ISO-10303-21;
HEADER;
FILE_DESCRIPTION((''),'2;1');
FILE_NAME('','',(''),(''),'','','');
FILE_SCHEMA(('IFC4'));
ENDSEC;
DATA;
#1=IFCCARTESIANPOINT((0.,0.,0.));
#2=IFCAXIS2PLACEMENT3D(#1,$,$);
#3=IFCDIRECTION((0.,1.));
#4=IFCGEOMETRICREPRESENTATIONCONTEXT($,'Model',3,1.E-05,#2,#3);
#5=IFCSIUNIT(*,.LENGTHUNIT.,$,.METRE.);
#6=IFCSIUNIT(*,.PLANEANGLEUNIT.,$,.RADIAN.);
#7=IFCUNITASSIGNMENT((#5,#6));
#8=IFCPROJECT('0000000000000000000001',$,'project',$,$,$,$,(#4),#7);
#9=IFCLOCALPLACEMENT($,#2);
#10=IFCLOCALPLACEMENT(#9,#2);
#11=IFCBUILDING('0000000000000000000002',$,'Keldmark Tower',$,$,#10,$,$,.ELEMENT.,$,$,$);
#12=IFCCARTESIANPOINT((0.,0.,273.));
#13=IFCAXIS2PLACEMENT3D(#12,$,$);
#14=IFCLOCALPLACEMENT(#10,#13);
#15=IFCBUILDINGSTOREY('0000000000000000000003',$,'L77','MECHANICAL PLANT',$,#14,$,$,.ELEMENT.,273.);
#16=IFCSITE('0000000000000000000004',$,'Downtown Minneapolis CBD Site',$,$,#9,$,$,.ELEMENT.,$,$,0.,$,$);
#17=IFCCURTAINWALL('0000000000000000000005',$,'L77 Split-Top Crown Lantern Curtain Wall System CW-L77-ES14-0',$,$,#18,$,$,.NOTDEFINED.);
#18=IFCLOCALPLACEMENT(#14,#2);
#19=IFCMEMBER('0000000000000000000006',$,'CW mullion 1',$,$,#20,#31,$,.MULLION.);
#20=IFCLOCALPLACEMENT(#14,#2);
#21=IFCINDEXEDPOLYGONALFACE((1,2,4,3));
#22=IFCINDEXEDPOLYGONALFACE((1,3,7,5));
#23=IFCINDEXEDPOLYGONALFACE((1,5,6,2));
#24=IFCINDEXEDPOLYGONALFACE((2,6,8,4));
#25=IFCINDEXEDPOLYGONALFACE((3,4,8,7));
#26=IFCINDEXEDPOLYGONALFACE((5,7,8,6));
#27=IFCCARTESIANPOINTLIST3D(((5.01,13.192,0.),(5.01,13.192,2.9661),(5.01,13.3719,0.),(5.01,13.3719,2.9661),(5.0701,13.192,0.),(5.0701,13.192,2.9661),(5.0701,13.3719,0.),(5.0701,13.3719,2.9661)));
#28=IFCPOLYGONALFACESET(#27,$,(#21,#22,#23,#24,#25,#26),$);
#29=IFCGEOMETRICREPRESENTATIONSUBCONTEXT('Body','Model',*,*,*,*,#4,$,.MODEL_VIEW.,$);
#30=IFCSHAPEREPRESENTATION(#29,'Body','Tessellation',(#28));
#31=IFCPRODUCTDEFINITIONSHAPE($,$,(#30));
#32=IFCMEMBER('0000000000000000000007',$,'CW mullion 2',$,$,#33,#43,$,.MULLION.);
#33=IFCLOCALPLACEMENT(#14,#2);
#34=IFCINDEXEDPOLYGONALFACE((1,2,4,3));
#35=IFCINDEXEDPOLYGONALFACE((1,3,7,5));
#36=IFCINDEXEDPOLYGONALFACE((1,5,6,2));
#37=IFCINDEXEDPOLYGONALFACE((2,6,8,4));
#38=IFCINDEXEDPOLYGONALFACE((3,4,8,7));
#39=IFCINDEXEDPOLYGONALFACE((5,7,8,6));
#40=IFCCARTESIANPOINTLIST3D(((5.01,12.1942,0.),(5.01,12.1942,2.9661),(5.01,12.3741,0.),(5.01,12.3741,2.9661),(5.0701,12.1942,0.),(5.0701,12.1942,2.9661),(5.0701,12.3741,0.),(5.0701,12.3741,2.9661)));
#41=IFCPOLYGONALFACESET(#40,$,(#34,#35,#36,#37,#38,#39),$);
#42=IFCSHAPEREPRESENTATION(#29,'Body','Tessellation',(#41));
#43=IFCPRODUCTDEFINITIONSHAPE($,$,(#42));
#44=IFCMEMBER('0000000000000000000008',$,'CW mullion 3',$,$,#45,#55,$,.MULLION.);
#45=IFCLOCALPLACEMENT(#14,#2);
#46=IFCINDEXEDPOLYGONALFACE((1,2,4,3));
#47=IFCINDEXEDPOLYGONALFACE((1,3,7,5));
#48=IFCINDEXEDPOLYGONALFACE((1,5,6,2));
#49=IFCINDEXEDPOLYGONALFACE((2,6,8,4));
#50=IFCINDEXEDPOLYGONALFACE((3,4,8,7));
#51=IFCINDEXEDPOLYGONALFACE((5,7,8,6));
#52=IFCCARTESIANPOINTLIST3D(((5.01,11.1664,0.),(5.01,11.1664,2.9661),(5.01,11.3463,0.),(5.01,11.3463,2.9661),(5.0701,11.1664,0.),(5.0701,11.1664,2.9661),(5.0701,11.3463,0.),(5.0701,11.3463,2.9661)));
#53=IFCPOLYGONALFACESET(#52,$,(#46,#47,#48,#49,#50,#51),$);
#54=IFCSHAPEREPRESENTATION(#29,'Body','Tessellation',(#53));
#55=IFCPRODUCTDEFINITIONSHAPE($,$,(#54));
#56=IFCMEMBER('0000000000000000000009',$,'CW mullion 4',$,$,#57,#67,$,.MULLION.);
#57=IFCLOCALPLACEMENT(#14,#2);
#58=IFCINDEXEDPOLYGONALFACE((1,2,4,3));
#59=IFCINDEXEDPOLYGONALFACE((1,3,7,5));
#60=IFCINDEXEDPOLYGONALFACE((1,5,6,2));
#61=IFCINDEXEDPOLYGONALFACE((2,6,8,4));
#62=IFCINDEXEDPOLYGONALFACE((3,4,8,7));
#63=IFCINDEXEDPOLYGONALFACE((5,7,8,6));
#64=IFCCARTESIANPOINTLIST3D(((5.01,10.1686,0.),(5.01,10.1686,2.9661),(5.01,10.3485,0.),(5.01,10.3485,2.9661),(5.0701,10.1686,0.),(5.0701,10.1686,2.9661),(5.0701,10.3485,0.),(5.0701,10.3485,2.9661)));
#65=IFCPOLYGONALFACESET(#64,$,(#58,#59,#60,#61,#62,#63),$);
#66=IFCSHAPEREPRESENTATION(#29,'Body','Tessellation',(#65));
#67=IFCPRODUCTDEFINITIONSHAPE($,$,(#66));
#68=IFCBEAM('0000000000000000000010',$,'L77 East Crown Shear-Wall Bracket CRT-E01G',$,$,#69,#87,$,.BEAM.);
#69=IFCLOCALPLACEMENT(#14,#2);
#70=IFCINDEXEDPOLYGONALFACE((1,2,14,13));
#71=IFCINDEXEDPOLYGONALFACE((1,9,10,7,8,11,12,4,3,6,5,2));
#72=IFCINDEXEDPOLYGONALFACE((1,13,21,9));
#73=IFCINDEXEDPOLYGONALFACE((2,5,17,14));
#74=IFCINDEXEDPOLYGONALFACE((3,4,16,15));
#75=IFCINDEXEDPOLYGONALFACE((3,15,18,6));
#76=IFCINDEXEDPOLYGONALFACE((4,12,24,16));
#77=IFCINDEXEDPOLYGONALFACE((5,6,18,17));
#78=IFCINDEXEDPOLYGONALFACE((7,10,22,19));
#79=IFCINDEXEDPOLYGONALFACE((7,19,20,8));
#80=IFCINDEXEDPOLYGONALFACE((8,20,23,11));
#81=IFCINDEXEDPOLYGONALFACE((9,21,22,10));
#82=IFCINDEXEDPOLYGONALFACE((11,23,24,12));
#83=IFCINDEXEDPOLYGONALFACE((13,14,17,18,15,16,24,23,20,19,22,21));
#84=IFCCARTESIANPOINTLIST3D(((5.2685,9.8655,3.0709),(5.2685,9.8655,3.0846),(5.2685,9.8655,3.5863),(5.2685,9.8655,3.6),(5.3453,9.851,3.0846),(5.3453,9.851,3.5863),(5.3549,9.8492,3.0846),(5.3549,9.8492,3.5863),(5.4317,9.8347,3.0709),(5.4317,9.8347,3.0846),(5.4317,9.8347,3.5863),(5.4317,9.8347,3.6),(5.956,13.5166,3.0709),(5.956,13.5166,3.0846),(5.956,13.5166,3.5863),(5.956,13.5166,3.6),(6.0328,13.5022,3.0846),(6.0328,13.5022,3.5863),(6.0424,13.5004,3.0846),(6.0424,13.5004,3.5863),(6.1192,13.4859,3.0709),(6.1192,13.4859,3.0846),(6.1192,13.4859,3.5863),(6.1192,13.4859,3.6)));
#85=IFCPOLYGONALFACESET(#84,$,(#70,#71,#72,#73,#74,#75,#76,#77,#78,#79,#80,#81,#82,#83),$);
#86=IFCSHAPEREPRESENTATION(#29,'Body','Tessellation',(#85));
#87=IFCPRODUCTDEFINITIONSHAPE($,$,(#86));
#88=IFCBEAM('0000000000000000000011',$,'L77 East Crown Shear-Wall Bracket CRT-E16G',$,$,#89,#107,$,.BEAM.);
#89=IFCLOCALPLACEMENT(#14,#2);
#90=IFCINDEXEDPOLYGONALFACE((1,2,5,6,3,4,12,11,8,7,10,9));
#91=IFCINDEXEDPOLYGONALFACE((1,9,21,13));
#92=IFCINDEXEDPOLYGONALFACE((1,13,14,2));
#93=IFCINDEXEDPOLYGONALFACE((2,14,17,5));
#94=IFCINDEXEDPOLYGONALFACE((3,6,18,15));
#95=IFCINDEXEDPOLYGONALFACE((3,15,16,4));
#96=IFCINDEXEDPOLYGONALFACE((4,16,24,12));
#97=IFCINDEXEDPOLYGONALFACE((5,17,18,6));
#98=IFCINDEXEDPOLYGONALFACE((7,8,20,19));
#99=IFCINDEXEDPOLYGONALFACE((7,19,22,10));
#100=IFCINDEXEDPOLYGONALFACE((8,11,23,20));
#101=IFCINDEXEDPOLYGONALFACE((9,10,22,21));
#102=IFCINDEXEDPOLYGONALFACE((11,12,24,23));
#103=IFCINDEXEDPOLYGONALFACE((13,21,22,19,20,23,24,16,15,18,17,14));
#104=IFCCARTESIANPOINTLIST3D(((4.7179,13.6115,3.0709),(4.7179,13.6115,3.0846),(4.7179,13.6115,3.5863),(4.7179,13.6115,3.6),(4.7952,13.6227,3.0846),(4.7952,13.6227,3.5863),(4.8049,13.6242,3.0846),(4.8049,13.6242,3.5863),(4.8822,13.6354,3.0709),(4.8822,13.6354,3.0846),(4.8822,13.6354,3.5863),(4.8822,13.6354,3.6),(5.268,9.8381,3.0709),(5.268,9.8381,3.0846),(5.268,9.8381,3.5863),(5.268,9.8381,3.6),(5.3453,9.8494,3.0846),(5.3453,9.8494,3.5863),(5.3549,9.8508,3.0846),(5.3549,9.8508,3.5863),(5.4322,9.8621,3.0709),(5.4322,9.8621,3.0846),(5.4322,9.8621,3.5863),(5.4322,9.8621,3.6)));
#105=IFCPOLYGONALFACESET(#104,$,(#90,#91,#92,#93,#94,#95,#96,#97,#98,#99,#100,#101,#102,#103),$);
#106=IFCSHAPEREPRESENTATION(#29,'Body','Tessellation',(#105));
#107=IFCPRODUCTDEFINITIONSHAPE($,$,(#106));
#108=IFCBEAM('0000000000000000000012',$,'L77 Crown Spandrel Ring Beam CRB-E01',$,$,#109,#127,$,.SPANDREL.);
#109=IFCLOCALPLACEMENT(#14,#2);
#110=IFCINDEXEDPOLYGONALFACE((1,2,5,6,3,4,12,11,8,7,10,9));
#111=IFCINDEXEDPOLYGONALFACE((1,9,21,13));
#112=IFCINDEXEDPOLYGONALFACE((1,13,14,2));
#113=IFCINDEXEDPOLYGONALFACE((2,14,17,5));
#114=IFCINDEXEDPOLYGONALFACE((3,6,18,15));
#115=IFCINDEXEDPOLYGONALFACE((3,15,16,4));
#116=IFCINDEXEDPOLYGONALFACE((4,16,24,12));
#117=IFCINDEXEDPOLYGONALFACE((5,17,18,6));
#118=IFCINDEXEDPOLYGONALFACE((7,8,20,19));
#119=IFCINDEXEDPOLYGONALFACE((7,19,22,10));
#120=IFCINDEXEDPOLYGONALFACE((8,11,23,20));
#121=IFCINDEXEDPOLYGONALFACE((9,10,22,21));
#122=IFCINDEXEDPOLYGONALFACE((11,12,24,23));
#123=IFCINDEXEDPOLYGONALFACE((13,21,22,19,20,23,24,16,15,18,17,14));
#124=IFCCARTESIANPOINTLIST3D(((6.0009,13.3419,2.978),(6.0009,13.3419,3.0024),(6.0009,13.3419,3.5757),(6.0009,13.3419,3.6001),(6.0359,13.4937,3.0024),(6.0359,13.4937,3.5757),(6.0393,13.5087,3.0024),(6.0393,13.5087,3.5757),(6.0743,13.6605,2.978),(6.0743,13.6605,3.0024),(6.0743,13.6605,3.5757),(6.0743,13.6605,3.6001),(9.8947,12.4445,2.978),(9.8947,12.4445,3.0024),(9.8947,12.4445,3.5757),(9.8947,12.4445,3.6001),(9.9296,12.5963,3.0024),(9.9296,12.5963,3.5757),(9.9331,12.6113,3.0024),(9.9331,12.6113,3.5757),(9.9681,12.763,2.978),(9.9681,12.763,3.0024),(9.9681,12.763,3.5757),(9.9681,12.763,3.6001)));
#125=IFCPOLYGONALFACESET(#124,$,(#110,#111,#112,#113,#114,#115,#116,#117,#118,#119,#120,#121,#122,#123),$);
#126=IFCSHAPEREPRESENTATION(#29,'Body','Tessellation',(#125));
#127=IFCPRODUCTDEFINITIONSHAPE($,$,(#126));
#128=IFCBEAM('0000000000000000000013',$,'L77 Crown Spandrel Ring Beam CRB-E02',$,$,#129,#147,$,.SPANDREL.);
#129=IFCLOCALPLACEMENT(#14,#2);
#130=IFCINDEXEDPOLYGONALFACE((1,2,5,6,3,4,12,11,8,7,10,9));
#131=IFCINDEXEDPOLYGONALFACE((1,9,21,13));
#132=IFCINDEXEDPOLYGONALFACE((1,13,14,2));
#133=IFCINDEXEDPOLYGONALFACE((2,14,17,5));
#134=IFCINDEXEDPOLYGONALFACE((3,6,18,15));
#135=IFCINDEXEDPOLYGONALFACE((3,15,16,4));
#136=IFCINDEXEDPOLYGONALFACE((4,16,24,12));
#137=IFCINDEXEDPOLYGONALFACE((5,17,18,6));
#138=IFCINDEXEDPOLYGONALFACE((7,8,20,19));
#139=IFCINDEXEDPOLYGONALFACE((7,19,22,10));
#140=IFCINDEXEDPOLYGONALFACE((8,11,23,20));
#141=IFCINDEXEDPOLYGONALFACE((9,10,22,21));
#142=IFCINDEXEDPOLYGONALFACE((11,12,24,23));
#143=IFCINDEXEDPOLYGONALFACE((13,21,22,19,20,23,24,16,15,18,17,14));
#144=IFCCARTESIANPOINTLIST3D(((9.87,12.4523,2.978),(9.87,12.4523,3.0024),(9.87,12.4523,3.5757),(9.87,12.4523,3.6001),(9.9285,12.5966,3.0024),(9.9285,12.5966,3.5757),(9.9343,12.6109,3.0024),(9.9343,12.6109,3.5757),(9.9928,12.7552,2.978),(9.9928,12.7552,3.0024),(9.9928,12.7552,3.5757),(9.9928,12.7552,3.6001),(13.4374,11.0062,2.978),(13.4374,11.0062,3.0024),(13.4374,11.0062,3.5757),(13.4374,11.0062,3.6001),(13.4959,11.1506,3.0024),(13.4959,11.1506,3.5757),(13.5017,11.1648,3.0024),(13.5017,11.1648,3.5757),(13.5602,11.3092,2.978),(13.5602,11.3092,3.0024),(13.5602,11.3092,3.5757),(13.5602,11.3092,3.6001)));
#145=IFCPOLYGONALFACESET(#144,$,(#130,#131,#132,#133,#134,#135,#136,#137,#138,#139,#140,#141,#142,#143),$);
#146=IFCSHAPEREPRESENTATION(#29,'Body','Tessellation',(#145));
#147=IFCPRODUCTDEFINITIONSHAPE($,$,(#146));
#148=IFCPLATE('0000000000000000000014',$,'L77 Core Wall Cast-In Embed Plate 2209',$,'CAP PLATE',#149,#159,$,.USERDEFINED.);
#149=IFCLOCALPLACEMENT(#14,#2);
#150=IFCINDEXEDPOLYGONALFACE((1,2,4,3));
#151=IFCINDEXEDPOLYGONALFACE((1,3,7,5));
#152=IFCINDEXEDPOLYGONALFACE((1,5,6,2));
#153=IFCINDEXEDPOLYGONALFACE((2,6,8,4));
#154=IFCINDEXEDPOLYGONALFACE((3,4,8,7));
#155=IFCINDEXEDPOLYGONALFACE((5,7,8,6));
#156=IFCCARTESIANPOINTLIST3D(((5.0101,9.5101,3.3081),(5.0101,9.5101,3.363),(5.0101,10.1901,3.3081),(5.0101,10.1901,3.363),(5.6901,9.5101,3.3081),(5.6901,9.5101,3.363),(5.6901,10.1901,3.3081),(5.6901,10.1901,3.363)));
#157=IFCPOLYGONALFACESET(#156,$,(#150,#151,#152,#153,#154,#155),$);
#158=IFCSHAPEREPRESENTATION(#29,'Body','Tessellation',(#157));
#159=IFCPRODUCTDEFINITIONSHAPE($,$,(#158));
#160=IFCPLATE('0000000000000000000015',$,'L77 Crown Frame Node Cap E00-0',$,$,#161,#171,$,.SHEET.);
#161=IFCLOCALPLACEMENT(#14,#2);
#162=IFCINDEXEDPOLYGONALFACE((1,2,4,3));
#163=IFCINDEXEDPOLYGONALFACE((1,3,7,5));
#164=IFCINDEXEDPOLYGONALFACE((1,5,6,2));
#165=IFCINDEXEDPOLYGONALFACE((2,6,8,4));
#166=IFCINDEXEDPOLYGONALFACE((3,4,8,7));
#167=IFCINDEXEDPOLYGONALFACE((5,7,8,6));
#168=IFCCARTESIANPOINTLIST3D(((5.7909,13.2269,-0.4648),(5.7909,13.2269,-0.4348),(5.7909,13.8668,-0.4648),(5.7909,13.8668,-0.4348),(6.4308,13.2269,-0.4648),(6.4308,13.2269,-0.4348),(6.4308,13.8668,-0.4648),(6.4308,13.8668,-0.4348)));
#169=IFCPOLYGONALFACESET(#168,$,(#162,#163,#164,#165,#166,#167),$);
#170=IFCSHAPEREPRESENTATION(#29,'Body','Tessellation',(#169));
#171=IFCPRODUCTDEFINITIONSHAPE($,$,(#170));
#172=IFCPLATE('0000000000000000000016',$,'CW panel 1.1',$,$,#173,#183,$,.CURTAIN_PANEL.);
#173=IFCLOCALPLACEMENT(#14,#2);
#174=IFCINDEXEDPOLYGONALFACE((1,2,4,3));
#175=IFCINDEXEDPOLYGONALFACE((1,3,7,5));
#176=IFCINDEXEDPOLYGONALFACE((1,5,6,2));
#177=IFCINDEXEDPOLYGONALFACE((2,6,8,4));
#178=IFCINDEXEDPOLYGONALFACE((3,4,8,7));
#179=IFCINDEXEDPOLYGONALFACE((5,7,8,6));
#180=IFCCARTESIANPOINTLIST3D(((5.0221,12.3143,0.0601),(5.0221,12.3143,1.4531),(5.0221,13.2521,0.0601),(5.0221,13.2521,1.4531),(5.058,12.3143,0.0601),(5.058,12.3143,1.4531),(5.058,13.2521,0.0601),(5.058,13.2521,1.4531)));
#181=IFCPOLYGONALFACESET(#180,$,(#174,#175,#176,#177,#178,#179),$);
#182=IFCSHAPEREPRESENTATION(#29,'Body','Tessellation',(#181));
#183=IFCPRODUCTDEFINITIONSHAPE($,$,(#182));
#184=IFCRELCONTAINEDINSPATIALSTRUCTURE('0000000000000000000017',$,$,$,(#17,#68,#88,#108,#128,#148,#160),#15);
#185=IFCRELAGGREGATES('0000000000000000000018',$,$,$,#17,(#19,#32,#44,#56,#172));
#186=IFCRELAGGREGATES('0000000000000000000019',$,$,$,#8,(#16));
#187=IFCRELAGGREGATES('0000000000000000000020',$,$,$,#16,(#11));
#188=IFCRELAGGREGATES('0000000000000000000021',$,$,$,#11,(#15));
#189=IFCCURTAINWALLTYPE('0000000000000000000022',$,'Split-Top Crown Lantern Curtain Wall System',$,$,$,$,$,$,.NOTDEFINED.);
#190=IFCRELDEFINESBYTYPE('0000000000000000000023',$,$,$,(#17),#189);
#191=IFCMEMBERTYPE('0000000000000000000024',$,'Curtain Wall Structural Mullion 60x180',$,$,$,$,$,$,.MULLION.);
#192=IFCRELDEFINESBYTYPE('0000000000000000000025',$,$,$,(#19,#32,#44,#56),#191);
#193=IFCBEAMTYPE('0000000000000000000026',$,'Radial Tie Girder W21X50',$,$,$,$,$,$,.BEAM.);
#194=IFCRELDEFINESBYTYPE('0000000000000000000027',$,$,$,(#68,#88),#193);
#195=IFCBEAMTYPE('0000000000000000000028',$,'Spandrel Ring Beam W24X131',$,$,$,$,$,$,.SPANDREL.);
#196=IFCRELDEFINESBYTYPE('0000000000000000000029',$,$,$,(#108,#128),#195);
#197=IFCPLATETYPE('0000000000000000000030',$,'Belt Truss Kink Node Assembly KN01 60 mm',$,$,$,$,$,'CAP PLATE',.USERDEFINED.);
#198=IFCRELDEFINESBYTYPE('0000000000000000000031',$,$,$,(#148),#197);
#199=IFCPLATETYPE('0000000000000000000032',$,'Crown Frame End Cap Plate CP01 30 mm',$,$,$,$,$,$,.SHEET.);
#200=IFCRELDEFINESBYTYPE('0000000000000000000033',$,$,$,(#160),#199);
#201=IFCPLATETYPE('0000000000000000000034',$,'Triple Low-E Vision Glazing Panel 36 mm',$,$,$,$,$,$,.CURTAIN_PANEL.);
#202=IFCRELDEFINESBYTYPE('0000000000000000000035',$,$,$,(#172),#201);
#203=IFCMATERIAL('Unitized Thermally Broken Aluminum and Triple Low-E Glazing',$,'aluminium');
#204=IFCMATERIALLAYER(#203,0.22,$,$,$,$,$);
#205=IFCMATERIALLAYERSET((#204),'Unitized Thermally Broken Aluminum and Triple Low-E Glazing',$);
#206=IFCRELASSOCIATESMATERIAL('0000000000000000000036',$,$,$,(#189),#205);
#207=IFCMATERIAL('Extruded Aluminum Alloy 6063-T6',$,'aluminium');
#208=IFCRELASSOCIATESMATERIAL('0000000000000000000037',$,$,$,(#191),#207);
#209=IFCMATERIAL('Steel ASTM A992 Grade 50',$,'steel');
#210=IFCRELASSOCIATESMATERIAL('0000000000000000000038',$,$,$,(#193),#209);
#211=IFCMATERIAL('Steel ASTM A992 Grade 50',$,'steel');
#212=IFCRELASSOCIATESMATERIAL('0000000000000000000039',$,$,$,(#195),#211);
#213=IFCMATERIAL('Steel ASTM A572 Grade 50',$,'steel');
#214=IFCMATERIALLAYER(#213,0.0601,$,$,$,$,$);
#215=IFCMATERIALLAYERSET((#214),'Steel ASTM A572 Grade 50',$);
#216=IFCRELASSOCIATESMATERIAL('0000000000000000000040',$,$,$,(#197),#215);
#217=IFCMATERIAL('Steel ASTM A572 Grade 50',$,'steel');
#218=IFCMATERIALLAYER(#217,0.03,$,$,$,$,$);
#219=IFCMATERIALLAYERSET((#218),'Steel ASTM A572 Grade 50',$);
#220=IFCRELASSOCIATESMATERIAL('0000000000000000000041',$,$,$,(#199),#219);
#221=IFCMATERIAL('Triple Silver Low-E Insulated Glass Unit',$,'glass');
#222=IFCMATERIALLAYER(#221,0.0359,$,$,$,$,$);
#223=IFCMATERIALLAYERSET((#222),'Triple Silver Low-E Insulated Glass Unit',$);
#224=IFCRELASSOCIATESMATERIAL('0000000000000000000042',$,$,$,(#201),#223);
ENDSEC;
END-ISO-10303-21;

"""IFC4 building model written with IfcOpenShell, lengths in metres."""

from ifc_helpers import new_model, si_unit, direction, frame, origin, origin_2d, place, context, subcontext, project, spatial, rectangle, i_section, extrude, material, layer, layer_set, material_profile, profile_set, type_object, element, aggregate, save


model = new_model("IFC4")

# Units and contexts
model_context = context("Model", 3, precision=1e-05, world=origin(), true_north=direction((0.0, 1.0)))
body_context = subcontext(model_context, "Body", "Model", "MODEL_VIEW")
ifc_project = project(units=[si_unit("LENGTHUNIT", "METRE"), si_unit("PLANEANGLEUNIT", "RADIAN")], contexts=[model_context])

# Site, building, storey
site_placement = place(None, origin())
site = spatial("IfcSite", under=ifc_project, at=site_placement, Name="Downtown Minneapolis CBD Site", CompositionType="ELEMENT", RefElevation=0.0)
building_placement = place(site_placement, origin())
building = spatial("IfcBuilding", under=site, at=building_placement, Name="Keldmark Tower", CompositionType="ELEMENT")
storey_placement = place(building_placement, frame((0.0, 0.0, 273.0)))
storey = spatial("IfcBuildingStorey", under=building, at=storey_placement, Name="L77", Description="MECHANICAL PLANT", CompositionType="ELEMENT", Elevation=273.0)

# Curtain wall, members
ifc_material_1 = material(Name="Unitized Thermally Broken Aluminum and Triple Low-E Glazing", Category="aluminium")
ifc_layer_1 = layer(ifc_material_1, 0.22)
ifc_layer_set_1 = layer_set([ifc_layer_1], Name="Unitized Thermally Broken Aluminum and Triple Low-E Glazing")
curtain_wall_type = type_object("IfcCurtainWallType", Name="Split-Top Crown Lantern Curtain Wall System", PredefinedType="NOTDEFINED", material=ifc_layer_set_1)
curtain_wall_placement = place(storey_placement, origin())
curtain_wall = element("IfcCurtainWall", 1, at=curtain_wall_placement, inside=storey, type_object=curtain_wall_type, Name="L77 Split-Top Crown Lantern Curtain Wall System CW-L77-ES14-0", PredefinedType="NOTDEFINED")
ifc_material_2 = material(Name="Extruded Aluminum Alloy 6063-T6", Category="aluminium")
ifc_material_profile_1 = material_profile(ifc_material_2, rectangle(XDim=0.0601, YDim=0.1799, at=origin_2d()), Name="CWM60X180")
ifc_profile_set_1 = profile_set([ifc_material_profile_1], Name="Extruded Aluminum Alloy 6063-T6")
member_type_1 = type_object("IfcMemberType", Name="Curtain Wall Structural Mullion 60x180", PredefinedType="MULLION", material=ifc_profile_set_1)
member_1_placement = place(storey_placement, frame((5.04, 13.282, 0.0), z_axis=(0.0, 0.0, 1.0), x_axis=(1.0, 0.0, 0.0)))
member_1 = element("IfcMember", 2, at=member_1_placement, type_object=member_type_1, Name="CW mullion 1", PredefinedType="MULLION", context=body_context, shape_type="SweptSolid", body=[
    extrude(rectangle(XDim=0.0601, YDim=0.1799, at=origin_2d()), origin(), (0.0, 0.0, 1.0), 2.9661),
])
member_2_placement = place(storey_placement, frame((5.04, 12.2842, 0.0), z_axis=(0.0, 0.0, 1.0), x_axis=(1.0, 0.0, 0.0)))
member_2 = element("IfcMember", 3, at=member_2_placement, type_object=member_type_1, Name="CW mullion 2", PredefinedType="MULLION", context=body_context, shape_type="SweptSolid", body=[
    extrude(rectangle(XDim=0.0601, YDim=0.1799, at=origin_2d()), origin(), (0.0, 0.0, 1.0), 2.9661),
])
member_3_placement = place(storey_placement, frame((5.04, 11.2563, 0.0), z_axis=(0.0, 0.0, 1.0), x_axis=(1.0, 0.0, 0.0)))
member_3 = element("IfcMember", 4, at=member_3_placement, type_object=member_type_1, Name="CW mullion 3", PredefinedType="MULLION", context=body_context, shape_type="SweptSolid", body=[
    extrude(rectangle(XDim=0.0601, YDim=0.1799, at=origin_2d()), origin(), (0.0, 0.0, 1.0), 2.9661),
])
member_4_placement = place(storey_placement, frame((5.04, 10.2585, 0.0), z_axis=(0.0, 0.0, 1.0), x_axis=(1.0, 0.0, 0.0)))
member_4 = element("IfcMember", 5, at=member_4_placement, type_object=member_type_1, Name="CW mullion 4", PredefinedType="MULLION", context=body_context, shape_type="SweptSolid", body=[
    extrude(rectangle(XDim=0.0601, YDim=0.1799, at=origin_2d()), origin(), (0.0, 0.0, 1.0), 2.9661),
])

# Beams
ifc_material_3 = material(Name="Steel ASTM A992 Grade 50", Category="steel")
ifc_material_profile_2 = material_profile(ifc_material_3, i_section(OverallWidth=0.166, OverallDepth=0.5291, WebThickness=0.0098, FlangeThickness=0.0137, at=origin_2d()), Name="W21X50")
ifc_profile_set_2 = profile_set([ifc_material_profile_2], Name="Steel ASTM A992 Grade 50")
beam_type_1 = type_object("IfcBeamType", Name="Radial Tie Girder W21X50", PredefinedType="BEAM", material=ifc_profile_set_2)
beam_1_placement = place(storey_placement, frame((5.3501, 9.8501, 3.3354), z_axis=(0.185046, 0.98273, 0.0), x_axis=(-0.98273, 0.185046, 0.0)))
element("IfcBeam", 6, at=beam_1_placement, inside=storey, type_object=beam_type_1, Name="L77 East Crown Shear-Wall Bracket CRT-E01G", PredefinedType="BEAM", context=body_context, shape_type="SweptSolid", body=[
    extrude(i_section(OverallWidth=0.166, OverallDepth=0.5291, WebThickness=0.0098, FlangeThickness=0.0137, at=origin_2d()), origin(), (0.0, 0.0, 1.0), 3.7153),
])
beam_2_placement = place(storey_placement, frame((5.3501, 9.8501, 3.3354), z_axis=(-0.144244, 0.989542, 0.0), x_axis=(-0.989542, -0.144244, 0.0)))
element("IfcBeam", 7, at=beam_2_placement, inside=storey, type_object=beam_type_1, Name="L77 East Crown Shear-Wall Bracket CRT-E16G", PredefinedType="BEAM", context=body_context, shape_type="SweptSolid", body=[
    extrude(i_section(OverallWidth=0.166, OverallDepth=0.5291, WebThickness=0.0098, FlangeThickness=0.0137, at=origin_2d()), origin(), (0.0, 0.0, 1.0), 3.8132),
])
ifc_material_4 = material(Name="Steel ASTM A992 Grade 50", Category="steel")
ifc_material_profile_3 = material_profile(ifc_material_4, i_section(OverallWidth=0.3269, OverallDepth=0.6221, WebThickness=0.0154, FlangeThickness=0.0244, at=origin_2d()), Name="W24X131")
ifc_profile_set_3 = profile_set([ifc_material_profile_3], Name="Steel ASTM A992 Grade 50")
beam_type_2 = type_object("IfcBeamType", Name="Spandrel Ring Beam W24X131", PredefinedType="SPANDREL", material=ifc_profile_set_3)
beam_3_placement = place(storey_placement, frame((6.0376, 13.5012, 3.2891), z_axis=(0.974452, -0.224596, 0.0), x_axis=(0.224596, 0.974452, 0.0)))
element("IfcBeam", 8, at=beam_3_placement, inside=storey, type_object=beam_type_2, Name="L77 Crown Spandrel Ring Beam CRB-E01", PredefinedType="SPANDREL", context=body_context, shape_type="SweptSolid", body=[
    extrude(i_section(OverallWidth=0.3269, OverallDepth=0.6221, WebThickness=0.0154, FlangeThickness=0.0244, at=origin_2d()), origin(), (0.0, 0.0, 1.0), 3.9958),
])
beam_4_placement = place(storey_placement, frame((9.9314, 12.6038, 3.2891), z_axis=(0.926757, -0.375662, 0.0), x_axis=(0.375662, 0.926757, 0.0)))
element("IfcBeam", 9, at=beam_4_placement, inside=storey, type_object=beam_type_2, Name="L77 Crown Spandrel Ring Beam CRB-E02", PredefinedType="SPANDREL", context=body_context, shape_type="SweptSolid", body=[
    extrude(i_section(OverallWidth=0.3269, OverallDepth=0.6221, WebThickness=0.0154, FlangeThickness=0.0244, at=origin_2d()), origin(), (0.0, 0.0, 1.0), 3.8494),
])

# Plates
ifc_material_5 = material(Name="Steel ASTM A572 Grade 50", Category="steel")
ifc_layer_2 = layer(ifc_material_5, 0.0601)
ifc_layer_set_2 = layer_set([ifc_layer_2], Name="Steel ASTM A572 Grade 50")
plate_type_1 = type_object("IfcPlateType", Name="Belt Truss Kink Node Assembly KN01 60 mm", ElementType="CAP PLATE", PredefinedType="USERDEFINED", material=ifc_layer_set_2)
plate_1_placement = place(storey_placement, frame((5.3501, 9.8501, 3.3081), z_axis=(0.0, 0.0, 1.0), x_axis=(1.0, 0.0, 0.0)))
element("IfcPlate", 10, at=plate_1_placement, inside=storey, type_object=plate_type_1, Name="L77 Core Wall Cast-In Embed Plate 2209", ObjectType="CAP PLATE", PredefinedType="USERDEFINED", context=body_context, shape_type="SweptSolid", body=[
    extrude(rectangle(XDim=0.6799, YDim=0.6799, at=origin_2d()), origin(), (0.0, 0.0, 1.0), 0.0549),
])
ifc_material_6 = material(Name="Steel ASTM A572 Grade 50", Category="steel")
ifc_layer_3 = layer(ifc_material_6, 0.03)
ifc_layer_set_3 = layer_set([ifc_layer_3], Name="Steel ASTM A572 Grade 50")
plate_type_2 = type_object("IfcPlateType", Name="Crown Frame End Cap Plate CP01 30 mm", PredefinedType="SHEET", material=ifc_layer_set_3)
plate_2_placement = place(storey_placement, frame((6.1108, 13.5469, -0.4648), z_axis=(0.0, 0.0, 1.0), x_axis=(1.0, 0.0, 0.0)))
element("IfcPlate", 11, at=plate_2_placement, inside=storey, type_object=plate_type_2, Name="L77 Crown Frame Node Cap E00-0", PredefinedType="SHEET", context=body_context, shape_type="SweptSolid", body=[
    extrude(rectangle(XDim=0.6399, YDim=0.6399, at=origin_2d()), origin(), (0.0, 0.0, 1.0), 0.03),
])

# Plate
ifc_material_7 = material(Name="Triple Silver Low-E Insulated Glass Unit", Category="glass")
ifc_layer_4 = layer(ifc_material_7, 0.0359)
ifc_layer_set_4 = layer_set([ifc_layer_4], Name="Triple Silver Low-E Insulated Glass Unit")
plate_type_3 = type_object("IfcPlateType", Name="Triple Low-E Vision Glazing Panel 36 mm", PredefinedType="CURTAIN_PANEL", material=ifc_layer_set_4)
plate_3_placement = place(storey_placement, frame((5.04, 12.7832, 0.0601), z_axis=(0.0, 0.0, 1.0), x_axis=(0.0, -1.0, 0.0)))
plate_3 = element("IfcPlate", 12, at=plate_3_placement, type_object=plate_type_3, Name="CW panel 1.1", PredefinedType="CURTAIN_PANEL", context=body_context, shape_type="SweptSolid", body=[
    extrude(rectangle(XDim=0.9377, YDim=0.0359, at=origin_2d()), origin(), (0.0, 0.0, 1.0), 1.3931),
])
aggregate(curtain_wall, [member_1, member_2, member_3, member_4, plate_3])

save(model, "model.ifc")
